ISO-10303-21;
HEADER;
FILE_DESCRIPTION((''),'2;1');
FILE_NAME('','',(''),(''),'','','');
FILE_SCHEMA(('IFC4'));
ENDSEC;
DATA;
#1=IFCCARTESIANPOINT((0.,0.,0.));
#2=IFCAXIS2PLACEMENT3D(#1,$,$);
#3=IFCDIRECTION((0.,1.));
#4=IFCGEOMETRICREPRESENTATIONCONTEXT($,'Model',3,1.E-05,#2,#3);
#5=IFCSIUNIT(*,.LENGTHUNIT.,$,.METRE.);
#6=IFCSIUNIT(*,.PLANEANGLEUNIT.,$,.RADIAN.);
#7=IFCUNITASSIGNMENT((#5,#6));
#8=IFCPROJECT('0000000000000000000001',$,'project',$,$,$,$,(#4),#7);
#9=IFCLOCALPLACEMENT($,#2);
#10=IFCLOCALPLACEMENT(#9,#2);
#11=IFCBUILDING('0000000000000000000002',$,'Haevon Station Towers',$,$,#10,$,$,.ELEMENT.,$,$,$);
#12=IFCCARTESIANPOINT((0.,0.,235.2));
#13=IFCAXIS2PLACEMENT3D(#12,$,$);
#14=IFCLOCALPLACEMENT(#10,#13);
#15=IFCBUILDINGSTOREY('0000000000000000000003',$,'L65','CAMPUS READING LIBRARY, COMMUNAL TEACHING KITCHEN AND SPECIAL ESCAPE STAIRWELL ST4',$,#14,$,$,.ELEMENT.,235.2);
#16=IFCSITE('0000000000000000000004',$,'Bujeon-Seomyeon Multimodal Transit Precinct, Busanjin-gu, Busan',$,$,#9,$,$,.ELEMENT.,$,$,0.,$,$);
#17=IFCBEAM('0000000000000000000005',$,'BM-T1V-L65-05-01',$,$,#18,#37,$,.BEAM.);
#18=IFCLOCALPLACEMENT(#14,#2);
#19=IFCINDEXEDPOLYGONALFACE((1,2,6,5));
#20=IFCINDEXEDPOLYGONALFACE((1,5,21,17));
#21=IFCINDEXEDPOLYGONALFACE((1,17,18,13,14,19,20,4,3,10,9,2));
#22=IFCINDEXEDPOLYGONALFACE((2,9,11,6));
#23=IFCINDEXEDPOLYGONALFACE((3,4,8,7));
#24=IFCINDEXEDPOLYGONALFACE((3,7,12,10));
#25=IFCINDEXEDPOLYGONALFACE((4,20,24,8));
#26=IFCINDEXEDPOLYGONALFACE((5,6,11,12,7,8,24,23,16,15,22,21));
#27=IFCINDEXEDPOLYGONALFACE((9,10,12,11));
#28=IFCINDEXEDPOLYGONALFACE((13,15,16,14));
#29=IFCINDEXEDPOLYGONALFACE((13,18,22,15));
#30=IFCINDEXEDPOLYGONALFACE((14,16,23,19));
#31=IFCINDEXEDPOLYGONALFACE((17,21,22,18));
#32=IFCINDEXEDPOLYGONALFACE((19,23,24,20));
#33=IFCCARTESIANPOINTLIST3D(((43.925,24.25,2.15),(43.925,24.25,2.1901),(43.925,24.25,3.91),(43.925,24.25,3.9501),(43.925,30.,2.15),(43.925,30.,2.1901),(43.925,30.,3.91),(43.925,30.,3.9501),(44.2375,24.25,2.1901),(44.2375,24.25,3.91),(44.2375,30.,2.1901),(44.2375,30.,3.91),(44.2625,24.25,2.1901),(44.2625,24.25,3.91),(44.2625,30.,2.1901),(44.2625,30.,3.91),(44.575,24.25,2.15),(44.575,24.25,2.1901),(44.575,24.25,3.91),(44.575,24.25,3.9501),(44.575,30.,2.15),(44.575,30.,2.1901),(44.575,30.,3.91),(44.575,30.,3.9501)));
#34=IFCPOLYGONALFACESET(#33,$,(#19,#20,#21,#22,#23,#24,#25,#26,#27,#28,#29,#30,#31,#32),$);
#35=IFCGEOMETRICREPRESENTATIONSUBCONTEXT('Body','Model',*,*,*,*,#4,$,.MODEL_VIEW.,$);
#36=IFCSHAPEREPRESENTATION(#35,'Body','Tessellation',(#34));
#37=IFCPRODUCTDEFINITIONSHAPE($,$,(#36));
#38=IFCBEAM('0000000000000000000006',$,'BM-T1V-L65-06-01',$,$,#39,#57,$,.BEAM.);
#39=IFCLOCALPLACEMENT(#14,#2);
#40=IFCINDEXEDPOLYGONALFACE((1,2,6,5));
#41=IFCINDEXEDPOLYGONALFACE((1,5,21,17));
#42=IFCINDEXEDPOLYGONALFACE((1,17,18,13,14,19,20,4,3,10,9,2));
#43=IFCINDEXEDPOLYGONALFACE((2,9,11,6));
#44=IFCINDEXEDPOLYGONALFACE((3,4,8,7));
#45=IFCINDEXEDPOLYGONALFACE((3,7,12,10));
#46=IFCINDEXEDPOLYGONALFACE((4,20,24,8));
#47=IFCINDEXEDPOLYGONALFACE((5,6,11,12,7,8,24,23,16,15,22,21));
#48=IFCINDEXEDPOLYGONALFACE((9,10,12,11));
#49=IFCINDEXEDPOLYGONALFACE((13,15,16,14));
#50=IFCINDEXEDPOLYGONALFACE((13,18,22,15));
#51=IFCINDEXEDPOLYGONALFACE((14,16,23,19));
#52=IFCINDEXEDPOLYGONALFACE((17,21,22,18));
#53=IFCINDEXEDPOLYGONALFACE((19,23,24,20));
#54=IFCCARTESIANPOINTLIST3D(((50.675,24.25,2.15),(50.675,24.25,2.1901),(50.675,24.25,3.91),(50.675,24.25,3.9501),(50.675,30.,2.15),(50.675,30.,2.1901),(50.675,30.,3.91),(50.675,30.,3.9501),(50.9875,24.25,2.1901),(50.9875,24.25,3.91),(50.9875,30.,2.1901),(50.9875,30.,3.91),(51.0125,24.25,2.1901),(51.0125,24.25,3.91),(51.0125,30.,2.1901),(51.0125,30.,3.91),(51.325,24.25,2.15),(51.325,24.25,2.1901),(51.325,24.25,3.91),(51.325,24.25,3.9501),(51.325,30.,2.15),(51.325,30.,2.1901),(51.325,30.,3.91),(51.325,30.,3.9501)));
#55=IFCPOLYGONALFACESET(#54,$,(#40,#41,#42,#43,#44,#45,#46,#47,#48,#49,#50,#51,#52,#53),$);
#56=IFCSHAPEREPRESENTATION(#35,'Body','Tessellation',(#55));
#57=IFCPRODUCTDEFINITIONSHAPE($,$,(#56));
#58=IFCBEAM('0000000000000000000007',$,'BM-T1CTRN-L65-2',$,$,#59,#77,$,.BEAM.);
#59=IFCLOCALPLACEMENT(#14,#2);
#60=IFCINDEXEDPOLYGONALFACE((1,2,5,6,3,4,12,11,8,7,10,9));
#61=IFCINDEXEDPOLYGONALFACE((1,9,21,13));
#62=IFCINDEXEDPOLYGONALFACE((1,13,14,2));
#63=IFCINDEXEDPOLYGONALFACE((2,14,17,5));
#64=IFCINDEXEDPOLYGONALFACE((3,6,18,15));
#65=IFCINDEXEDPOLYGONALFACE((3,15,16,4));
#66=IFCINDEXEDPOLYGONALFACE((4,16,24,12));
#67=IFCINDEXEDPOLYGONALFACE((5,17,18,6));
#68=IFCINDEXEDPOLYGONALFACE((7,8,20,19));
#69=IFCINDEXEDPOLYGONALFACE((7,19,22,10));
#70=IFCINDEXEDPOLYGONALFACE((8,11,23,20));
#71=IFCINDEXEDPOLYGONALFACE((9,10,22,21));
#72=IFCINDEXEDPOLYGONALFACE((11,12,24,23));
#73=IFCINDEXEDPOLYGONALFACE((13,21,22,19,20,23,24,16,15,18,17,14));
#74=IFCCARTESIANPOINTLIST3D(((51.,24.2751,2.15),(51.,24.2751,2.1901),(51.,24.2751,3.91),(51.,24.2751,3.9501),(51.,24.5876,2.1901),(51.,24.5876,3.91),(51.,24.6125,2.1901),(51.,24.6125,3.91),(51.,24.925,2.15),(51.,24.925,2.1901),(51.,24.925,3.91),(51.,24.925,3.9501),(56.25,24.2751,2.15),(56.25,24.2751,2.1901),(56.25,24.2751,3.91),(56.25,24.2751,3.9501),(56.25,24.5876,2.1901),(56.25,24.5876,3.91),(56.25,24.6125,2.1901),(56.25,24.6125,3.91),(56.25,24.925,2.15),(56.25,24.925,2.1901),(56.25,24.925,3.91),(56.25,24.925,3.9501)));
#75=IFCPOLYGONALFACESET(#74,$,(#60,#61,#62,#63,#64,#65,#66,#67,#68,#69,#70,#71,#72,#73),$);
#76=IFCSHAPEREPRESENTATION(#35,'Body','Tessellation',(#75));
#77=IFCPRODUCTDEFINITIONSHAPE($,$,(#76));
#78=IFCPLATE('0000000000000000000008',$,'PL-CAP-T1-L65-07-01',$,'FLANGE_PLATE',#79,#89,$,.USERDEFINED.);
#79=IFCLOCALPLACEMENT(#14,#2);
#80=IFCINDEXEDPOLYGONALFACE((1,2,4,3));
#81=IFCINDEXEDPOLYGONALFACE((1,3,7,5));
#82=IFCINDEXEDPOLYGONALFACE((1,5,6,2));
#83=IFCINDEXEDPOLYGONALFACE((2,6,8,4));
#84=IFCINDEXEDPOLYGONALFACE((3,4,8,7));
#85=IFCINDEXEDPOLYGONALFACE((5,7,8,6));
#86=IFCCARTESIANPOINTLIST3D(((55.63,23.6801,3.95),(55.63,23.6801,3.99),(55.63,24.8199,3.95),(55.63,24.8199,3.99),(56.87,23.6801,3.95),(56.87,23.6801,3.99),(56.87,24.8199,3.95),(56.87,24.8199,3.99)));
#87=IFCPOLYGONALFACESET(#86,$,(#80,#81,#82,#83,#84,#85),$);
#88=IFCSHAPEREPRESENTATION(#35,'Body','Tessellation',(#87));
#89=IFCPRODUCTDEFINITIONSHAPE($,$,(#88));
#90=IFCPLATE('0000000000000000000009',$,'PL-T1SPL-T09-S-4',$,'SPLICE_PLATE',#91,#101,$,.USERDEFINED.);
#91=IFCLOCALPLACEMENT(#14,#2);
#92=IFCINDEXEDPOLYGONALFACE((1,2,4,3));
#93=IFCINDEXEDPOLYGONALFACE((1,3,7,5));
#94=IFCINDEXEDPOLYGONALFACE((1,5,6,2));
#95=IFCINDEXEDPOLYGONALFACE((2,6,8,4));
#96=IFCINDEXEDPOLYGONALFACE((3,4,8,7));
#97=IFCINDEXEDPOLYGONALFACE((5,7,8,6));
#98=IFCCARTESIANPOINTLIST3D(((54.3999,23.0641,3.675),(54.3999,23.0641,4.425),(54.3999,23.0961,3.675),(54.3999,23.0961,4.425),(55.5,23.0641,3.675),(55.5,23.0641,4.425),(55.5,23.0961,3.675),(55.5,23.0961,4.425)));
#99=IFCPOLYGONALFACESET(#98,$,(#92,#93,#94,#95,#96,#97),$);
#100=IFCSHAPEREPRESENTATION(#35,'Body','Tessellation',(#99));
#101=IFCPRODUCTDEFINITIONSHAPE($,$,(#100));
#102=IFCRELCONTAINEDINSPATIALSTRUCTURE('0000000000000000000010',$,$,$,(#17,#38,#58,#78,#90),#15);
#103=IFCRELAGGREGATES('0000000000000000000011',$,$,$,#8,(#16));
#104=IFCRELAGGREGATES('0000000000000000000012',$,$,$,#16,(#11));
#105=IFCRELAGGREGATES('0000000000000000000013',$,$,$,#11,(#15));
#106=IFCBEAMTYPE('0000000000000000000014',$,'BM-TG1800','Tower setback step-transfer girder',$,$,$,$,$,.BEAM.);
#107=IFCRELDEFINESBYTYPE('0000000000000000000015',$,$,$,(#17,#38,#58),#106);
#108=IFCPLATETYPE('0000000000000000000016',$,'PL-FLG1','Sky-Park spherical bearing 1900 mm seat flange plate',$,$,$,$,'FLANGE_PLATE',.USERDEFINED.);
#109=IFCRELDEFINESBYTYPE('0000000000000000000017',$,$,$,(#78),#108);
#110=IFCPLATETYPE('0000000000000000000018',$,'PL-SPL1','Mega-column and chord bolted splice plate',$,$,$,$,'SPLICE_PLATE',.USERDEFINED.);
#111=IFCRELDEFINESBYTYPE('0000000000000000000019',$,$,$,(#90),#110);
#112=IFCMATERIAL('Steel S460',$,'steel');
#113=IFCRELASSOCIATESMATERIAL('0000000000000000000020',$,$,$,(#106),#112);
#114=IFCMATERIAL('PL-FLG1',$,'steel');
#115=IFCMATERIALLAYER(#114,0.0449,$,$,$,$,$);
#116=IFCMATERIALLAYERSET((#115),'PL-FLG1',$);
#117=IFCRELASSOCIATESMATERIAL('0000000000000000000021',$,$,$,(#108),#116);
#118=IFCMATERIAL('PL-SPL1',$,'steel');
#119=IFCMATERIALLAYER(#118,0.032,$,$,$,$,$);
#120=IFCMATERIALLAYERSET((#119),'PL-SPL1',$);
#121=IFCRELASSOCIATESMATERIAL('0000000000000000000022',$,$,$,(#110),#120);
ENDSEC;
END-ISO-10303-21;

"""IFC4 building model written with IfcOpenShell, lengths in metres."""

from ifc_helpers import new_model, si_unit, direction, frame, origin, origin_2d, place, context, subcontext, project, spatial, rectangle, i_section, extrude, material, layer, layer_set, material_profile, profile_set, type_object, element, save


model = new_model("IFC4")

# Units and contexts
model_context = context("Model", 3, precision=1e-05, world=origin(), true_north=direction((0.0, 1.0)))
body_context = subcontext(model_context, "Body", "Model", "MODEL_VIEW")
ifc_project = project(units=[si_unit("LENGTHUNIT", "METRE"), si_unit("PLANEANGLEUNIT", "RADIAN")], contexts=[model_context])

# Site, building, storey
site_placement = place(None, origin())
site = spatial("IfcSite", under=ifc_project, at=site_placement, Name="Bujeon-Seomyeon Multimodal Transit Precinct, Busanjin-gu, Busan", CompositionType="ELEMENT", RefElevation=0.0)
building_placement = place(site_placement, origin())
building = spatial("IfcBuilding", under=site, at=building_placement, Name="Haevon Station Towers", CompositionType="ELEMENT")
storey_placement = place(building_placement, frame((0.0, 0.0, 235.2)))
storey = spatial("IfcBuildingStorey", under=building, at=storey_placement, Name="L65", Description="CAMPUS READING LIBRARY, COMMUNAL TEACHING KITCHEN AND SPECIAL ESCAPE STAIRWELL ST4", CompositionType="ELEMENT", Elevation=235.2)

# Shared definitions
ifc_material_1 = material(Name="Steel S460", Category="steel")

# Beams
ifc_material_profile_1 = material_profile(ifc_material_1, i_section(OverallWidth=0.6499, OverallDepth=1.8, WebThickness=0.0249, FlangeThickness=0.04, at=origin_2d()), Name="H-1800x650x25x40")
ifc_profile_set_1 = profile_set([ifc_material_profile_1], Name="Steel S460")
beam_type_1 = type_object("IfcBeamType", Name="BM-TG1800", Description="Tower setback step-transfer girder", PredefinedType="BEAM", material=ifc_profile_set_1)
for number, where, z_axis, x_axis, name in (
    (1, (44.25, 24.25, 3.05), (0.0, 1.0, 0.0), (-1.0, 0.0, 0.0), "BM-T1V-L65-05-01"),
    (2, (51.0, 24.25, 3.05), (0.0, 1.0, 0.0), (-1.0, 0.0, 0.0), "BM-T1V-L65-06-01"),
):
    element("IfcBeam", number, at=place(storey_placement, frame(where, z_axis=z_axis, x_axis=x_axis)), inside=storey, type_object=beam_type_1, Name=name, PredefinedType="BEAM", context=body_context, shape_type="SweptSolid", body=[
        extrude(i_section(OverallWidth=0.6499, OverallDepth=1.8, WebThickness=0.0249, FlangeThickness=0.04, at=origin_2d()), origin(), (0.0, 0.0, 1.0), 5.75),
    ])
beam_1_placement = place(storey_placement, frame((51.0, 24.6001, 3.05), z_axis=(1.0, 0.0, 0.0), x_axis=(0.0, 1.0, 0.0)))
element("IfcBeam", 3, at=beam_1_placement, inside=storey, type_object=beam_type_1, Name="BM-T1CTRN-L65-2", PredefinedType="BEAM", context=body_context, shape_type="SweptSolid", body=[
    extrude(i_section(OverallWidth=0.6499, OverallDepth=1.8, WebThickness=0.0249, FlangeThickness=0.04, at=origin_2d()), origin(), (0.0, 0.0, 1.0), 5.25),
])

# Plates
ifc_material_2 = material(Name="PL-FLG1", Category="steel")
ifc_layer_1 = layer(ifc_material_2, 0.0449)
ifc_layer_set_1 = layer_set([ifc_layer_1], Name="PL-FLG1")
plate_type_1 = type_object("IfcPlateType", Name="PL-FLG1", Description="Sky-Park spherical bearing 1900 mm seat flange plate", ElementType="FLANGE_PLATE", PredefinedType="USERDEFINED", material=ifc_layer_set_1)
plate_1_placement = place(storey_placement, frame((56.25, 24.25, 3.95), z_axis=(0.0, 0.0, 1.0), x_axis=(1.0, 0.0, 0.0)))
element("IfcPlate", 4, at=plate_1_placement, inside=storey, type_object=plate_type_1, Name="PL-CAP-T1-L65-07-01", ObjectType="FLANGE_PLATE", PredefinedType="USERDEFINED", context=body_context, shape_type="SweptSolid", body=[
    extrude(rectangle(XDim=1.24, YDim=1.1399, at=origin_2d()), origin(), (0.0, 0.0, 1.0), 0.04),
])
ifc_material_3 = material(Name="PL-SPL1", Category="steel")
ifc_layer_2 = layer(ifc_material_3, 0.032)
ifc_layer_set_2 = layer_set([ifc_layer_2], Name="PL-SPL1")
plate_type_2 = type_object("IfcPlateType", Name="PL-SPL1", Description="Mega-column and chord bolted splice plate", ElementType="SPLICE_PLATE", PredefinedType="USERDEFINED", material=ifc_layer_set_2)
plate_2_placement = place(storey_placement, frame((54.95, 23.0801, 3.675), z_axis=(0.0, 0.0, 1.0), x_axis=(1.0, 0.0, 0.0)))
element("IfcPlate", 5, at=plate_2_placement, inside=storey, type_object=plate_type_2, Name="PL-T1SPL-T09-S-4", ObjectType="SPLICE_PLATE", PredefinedType="USERDEFINED", context=body_context, shape_type="SweptSolid", body=[
    extrude(rectangle(XDim=1.1001, YDim=0.032, at=origin_2d()), origin(), (0.0, 0.0, 1.0), 0.75),
])

save(model, "model.ifc")
